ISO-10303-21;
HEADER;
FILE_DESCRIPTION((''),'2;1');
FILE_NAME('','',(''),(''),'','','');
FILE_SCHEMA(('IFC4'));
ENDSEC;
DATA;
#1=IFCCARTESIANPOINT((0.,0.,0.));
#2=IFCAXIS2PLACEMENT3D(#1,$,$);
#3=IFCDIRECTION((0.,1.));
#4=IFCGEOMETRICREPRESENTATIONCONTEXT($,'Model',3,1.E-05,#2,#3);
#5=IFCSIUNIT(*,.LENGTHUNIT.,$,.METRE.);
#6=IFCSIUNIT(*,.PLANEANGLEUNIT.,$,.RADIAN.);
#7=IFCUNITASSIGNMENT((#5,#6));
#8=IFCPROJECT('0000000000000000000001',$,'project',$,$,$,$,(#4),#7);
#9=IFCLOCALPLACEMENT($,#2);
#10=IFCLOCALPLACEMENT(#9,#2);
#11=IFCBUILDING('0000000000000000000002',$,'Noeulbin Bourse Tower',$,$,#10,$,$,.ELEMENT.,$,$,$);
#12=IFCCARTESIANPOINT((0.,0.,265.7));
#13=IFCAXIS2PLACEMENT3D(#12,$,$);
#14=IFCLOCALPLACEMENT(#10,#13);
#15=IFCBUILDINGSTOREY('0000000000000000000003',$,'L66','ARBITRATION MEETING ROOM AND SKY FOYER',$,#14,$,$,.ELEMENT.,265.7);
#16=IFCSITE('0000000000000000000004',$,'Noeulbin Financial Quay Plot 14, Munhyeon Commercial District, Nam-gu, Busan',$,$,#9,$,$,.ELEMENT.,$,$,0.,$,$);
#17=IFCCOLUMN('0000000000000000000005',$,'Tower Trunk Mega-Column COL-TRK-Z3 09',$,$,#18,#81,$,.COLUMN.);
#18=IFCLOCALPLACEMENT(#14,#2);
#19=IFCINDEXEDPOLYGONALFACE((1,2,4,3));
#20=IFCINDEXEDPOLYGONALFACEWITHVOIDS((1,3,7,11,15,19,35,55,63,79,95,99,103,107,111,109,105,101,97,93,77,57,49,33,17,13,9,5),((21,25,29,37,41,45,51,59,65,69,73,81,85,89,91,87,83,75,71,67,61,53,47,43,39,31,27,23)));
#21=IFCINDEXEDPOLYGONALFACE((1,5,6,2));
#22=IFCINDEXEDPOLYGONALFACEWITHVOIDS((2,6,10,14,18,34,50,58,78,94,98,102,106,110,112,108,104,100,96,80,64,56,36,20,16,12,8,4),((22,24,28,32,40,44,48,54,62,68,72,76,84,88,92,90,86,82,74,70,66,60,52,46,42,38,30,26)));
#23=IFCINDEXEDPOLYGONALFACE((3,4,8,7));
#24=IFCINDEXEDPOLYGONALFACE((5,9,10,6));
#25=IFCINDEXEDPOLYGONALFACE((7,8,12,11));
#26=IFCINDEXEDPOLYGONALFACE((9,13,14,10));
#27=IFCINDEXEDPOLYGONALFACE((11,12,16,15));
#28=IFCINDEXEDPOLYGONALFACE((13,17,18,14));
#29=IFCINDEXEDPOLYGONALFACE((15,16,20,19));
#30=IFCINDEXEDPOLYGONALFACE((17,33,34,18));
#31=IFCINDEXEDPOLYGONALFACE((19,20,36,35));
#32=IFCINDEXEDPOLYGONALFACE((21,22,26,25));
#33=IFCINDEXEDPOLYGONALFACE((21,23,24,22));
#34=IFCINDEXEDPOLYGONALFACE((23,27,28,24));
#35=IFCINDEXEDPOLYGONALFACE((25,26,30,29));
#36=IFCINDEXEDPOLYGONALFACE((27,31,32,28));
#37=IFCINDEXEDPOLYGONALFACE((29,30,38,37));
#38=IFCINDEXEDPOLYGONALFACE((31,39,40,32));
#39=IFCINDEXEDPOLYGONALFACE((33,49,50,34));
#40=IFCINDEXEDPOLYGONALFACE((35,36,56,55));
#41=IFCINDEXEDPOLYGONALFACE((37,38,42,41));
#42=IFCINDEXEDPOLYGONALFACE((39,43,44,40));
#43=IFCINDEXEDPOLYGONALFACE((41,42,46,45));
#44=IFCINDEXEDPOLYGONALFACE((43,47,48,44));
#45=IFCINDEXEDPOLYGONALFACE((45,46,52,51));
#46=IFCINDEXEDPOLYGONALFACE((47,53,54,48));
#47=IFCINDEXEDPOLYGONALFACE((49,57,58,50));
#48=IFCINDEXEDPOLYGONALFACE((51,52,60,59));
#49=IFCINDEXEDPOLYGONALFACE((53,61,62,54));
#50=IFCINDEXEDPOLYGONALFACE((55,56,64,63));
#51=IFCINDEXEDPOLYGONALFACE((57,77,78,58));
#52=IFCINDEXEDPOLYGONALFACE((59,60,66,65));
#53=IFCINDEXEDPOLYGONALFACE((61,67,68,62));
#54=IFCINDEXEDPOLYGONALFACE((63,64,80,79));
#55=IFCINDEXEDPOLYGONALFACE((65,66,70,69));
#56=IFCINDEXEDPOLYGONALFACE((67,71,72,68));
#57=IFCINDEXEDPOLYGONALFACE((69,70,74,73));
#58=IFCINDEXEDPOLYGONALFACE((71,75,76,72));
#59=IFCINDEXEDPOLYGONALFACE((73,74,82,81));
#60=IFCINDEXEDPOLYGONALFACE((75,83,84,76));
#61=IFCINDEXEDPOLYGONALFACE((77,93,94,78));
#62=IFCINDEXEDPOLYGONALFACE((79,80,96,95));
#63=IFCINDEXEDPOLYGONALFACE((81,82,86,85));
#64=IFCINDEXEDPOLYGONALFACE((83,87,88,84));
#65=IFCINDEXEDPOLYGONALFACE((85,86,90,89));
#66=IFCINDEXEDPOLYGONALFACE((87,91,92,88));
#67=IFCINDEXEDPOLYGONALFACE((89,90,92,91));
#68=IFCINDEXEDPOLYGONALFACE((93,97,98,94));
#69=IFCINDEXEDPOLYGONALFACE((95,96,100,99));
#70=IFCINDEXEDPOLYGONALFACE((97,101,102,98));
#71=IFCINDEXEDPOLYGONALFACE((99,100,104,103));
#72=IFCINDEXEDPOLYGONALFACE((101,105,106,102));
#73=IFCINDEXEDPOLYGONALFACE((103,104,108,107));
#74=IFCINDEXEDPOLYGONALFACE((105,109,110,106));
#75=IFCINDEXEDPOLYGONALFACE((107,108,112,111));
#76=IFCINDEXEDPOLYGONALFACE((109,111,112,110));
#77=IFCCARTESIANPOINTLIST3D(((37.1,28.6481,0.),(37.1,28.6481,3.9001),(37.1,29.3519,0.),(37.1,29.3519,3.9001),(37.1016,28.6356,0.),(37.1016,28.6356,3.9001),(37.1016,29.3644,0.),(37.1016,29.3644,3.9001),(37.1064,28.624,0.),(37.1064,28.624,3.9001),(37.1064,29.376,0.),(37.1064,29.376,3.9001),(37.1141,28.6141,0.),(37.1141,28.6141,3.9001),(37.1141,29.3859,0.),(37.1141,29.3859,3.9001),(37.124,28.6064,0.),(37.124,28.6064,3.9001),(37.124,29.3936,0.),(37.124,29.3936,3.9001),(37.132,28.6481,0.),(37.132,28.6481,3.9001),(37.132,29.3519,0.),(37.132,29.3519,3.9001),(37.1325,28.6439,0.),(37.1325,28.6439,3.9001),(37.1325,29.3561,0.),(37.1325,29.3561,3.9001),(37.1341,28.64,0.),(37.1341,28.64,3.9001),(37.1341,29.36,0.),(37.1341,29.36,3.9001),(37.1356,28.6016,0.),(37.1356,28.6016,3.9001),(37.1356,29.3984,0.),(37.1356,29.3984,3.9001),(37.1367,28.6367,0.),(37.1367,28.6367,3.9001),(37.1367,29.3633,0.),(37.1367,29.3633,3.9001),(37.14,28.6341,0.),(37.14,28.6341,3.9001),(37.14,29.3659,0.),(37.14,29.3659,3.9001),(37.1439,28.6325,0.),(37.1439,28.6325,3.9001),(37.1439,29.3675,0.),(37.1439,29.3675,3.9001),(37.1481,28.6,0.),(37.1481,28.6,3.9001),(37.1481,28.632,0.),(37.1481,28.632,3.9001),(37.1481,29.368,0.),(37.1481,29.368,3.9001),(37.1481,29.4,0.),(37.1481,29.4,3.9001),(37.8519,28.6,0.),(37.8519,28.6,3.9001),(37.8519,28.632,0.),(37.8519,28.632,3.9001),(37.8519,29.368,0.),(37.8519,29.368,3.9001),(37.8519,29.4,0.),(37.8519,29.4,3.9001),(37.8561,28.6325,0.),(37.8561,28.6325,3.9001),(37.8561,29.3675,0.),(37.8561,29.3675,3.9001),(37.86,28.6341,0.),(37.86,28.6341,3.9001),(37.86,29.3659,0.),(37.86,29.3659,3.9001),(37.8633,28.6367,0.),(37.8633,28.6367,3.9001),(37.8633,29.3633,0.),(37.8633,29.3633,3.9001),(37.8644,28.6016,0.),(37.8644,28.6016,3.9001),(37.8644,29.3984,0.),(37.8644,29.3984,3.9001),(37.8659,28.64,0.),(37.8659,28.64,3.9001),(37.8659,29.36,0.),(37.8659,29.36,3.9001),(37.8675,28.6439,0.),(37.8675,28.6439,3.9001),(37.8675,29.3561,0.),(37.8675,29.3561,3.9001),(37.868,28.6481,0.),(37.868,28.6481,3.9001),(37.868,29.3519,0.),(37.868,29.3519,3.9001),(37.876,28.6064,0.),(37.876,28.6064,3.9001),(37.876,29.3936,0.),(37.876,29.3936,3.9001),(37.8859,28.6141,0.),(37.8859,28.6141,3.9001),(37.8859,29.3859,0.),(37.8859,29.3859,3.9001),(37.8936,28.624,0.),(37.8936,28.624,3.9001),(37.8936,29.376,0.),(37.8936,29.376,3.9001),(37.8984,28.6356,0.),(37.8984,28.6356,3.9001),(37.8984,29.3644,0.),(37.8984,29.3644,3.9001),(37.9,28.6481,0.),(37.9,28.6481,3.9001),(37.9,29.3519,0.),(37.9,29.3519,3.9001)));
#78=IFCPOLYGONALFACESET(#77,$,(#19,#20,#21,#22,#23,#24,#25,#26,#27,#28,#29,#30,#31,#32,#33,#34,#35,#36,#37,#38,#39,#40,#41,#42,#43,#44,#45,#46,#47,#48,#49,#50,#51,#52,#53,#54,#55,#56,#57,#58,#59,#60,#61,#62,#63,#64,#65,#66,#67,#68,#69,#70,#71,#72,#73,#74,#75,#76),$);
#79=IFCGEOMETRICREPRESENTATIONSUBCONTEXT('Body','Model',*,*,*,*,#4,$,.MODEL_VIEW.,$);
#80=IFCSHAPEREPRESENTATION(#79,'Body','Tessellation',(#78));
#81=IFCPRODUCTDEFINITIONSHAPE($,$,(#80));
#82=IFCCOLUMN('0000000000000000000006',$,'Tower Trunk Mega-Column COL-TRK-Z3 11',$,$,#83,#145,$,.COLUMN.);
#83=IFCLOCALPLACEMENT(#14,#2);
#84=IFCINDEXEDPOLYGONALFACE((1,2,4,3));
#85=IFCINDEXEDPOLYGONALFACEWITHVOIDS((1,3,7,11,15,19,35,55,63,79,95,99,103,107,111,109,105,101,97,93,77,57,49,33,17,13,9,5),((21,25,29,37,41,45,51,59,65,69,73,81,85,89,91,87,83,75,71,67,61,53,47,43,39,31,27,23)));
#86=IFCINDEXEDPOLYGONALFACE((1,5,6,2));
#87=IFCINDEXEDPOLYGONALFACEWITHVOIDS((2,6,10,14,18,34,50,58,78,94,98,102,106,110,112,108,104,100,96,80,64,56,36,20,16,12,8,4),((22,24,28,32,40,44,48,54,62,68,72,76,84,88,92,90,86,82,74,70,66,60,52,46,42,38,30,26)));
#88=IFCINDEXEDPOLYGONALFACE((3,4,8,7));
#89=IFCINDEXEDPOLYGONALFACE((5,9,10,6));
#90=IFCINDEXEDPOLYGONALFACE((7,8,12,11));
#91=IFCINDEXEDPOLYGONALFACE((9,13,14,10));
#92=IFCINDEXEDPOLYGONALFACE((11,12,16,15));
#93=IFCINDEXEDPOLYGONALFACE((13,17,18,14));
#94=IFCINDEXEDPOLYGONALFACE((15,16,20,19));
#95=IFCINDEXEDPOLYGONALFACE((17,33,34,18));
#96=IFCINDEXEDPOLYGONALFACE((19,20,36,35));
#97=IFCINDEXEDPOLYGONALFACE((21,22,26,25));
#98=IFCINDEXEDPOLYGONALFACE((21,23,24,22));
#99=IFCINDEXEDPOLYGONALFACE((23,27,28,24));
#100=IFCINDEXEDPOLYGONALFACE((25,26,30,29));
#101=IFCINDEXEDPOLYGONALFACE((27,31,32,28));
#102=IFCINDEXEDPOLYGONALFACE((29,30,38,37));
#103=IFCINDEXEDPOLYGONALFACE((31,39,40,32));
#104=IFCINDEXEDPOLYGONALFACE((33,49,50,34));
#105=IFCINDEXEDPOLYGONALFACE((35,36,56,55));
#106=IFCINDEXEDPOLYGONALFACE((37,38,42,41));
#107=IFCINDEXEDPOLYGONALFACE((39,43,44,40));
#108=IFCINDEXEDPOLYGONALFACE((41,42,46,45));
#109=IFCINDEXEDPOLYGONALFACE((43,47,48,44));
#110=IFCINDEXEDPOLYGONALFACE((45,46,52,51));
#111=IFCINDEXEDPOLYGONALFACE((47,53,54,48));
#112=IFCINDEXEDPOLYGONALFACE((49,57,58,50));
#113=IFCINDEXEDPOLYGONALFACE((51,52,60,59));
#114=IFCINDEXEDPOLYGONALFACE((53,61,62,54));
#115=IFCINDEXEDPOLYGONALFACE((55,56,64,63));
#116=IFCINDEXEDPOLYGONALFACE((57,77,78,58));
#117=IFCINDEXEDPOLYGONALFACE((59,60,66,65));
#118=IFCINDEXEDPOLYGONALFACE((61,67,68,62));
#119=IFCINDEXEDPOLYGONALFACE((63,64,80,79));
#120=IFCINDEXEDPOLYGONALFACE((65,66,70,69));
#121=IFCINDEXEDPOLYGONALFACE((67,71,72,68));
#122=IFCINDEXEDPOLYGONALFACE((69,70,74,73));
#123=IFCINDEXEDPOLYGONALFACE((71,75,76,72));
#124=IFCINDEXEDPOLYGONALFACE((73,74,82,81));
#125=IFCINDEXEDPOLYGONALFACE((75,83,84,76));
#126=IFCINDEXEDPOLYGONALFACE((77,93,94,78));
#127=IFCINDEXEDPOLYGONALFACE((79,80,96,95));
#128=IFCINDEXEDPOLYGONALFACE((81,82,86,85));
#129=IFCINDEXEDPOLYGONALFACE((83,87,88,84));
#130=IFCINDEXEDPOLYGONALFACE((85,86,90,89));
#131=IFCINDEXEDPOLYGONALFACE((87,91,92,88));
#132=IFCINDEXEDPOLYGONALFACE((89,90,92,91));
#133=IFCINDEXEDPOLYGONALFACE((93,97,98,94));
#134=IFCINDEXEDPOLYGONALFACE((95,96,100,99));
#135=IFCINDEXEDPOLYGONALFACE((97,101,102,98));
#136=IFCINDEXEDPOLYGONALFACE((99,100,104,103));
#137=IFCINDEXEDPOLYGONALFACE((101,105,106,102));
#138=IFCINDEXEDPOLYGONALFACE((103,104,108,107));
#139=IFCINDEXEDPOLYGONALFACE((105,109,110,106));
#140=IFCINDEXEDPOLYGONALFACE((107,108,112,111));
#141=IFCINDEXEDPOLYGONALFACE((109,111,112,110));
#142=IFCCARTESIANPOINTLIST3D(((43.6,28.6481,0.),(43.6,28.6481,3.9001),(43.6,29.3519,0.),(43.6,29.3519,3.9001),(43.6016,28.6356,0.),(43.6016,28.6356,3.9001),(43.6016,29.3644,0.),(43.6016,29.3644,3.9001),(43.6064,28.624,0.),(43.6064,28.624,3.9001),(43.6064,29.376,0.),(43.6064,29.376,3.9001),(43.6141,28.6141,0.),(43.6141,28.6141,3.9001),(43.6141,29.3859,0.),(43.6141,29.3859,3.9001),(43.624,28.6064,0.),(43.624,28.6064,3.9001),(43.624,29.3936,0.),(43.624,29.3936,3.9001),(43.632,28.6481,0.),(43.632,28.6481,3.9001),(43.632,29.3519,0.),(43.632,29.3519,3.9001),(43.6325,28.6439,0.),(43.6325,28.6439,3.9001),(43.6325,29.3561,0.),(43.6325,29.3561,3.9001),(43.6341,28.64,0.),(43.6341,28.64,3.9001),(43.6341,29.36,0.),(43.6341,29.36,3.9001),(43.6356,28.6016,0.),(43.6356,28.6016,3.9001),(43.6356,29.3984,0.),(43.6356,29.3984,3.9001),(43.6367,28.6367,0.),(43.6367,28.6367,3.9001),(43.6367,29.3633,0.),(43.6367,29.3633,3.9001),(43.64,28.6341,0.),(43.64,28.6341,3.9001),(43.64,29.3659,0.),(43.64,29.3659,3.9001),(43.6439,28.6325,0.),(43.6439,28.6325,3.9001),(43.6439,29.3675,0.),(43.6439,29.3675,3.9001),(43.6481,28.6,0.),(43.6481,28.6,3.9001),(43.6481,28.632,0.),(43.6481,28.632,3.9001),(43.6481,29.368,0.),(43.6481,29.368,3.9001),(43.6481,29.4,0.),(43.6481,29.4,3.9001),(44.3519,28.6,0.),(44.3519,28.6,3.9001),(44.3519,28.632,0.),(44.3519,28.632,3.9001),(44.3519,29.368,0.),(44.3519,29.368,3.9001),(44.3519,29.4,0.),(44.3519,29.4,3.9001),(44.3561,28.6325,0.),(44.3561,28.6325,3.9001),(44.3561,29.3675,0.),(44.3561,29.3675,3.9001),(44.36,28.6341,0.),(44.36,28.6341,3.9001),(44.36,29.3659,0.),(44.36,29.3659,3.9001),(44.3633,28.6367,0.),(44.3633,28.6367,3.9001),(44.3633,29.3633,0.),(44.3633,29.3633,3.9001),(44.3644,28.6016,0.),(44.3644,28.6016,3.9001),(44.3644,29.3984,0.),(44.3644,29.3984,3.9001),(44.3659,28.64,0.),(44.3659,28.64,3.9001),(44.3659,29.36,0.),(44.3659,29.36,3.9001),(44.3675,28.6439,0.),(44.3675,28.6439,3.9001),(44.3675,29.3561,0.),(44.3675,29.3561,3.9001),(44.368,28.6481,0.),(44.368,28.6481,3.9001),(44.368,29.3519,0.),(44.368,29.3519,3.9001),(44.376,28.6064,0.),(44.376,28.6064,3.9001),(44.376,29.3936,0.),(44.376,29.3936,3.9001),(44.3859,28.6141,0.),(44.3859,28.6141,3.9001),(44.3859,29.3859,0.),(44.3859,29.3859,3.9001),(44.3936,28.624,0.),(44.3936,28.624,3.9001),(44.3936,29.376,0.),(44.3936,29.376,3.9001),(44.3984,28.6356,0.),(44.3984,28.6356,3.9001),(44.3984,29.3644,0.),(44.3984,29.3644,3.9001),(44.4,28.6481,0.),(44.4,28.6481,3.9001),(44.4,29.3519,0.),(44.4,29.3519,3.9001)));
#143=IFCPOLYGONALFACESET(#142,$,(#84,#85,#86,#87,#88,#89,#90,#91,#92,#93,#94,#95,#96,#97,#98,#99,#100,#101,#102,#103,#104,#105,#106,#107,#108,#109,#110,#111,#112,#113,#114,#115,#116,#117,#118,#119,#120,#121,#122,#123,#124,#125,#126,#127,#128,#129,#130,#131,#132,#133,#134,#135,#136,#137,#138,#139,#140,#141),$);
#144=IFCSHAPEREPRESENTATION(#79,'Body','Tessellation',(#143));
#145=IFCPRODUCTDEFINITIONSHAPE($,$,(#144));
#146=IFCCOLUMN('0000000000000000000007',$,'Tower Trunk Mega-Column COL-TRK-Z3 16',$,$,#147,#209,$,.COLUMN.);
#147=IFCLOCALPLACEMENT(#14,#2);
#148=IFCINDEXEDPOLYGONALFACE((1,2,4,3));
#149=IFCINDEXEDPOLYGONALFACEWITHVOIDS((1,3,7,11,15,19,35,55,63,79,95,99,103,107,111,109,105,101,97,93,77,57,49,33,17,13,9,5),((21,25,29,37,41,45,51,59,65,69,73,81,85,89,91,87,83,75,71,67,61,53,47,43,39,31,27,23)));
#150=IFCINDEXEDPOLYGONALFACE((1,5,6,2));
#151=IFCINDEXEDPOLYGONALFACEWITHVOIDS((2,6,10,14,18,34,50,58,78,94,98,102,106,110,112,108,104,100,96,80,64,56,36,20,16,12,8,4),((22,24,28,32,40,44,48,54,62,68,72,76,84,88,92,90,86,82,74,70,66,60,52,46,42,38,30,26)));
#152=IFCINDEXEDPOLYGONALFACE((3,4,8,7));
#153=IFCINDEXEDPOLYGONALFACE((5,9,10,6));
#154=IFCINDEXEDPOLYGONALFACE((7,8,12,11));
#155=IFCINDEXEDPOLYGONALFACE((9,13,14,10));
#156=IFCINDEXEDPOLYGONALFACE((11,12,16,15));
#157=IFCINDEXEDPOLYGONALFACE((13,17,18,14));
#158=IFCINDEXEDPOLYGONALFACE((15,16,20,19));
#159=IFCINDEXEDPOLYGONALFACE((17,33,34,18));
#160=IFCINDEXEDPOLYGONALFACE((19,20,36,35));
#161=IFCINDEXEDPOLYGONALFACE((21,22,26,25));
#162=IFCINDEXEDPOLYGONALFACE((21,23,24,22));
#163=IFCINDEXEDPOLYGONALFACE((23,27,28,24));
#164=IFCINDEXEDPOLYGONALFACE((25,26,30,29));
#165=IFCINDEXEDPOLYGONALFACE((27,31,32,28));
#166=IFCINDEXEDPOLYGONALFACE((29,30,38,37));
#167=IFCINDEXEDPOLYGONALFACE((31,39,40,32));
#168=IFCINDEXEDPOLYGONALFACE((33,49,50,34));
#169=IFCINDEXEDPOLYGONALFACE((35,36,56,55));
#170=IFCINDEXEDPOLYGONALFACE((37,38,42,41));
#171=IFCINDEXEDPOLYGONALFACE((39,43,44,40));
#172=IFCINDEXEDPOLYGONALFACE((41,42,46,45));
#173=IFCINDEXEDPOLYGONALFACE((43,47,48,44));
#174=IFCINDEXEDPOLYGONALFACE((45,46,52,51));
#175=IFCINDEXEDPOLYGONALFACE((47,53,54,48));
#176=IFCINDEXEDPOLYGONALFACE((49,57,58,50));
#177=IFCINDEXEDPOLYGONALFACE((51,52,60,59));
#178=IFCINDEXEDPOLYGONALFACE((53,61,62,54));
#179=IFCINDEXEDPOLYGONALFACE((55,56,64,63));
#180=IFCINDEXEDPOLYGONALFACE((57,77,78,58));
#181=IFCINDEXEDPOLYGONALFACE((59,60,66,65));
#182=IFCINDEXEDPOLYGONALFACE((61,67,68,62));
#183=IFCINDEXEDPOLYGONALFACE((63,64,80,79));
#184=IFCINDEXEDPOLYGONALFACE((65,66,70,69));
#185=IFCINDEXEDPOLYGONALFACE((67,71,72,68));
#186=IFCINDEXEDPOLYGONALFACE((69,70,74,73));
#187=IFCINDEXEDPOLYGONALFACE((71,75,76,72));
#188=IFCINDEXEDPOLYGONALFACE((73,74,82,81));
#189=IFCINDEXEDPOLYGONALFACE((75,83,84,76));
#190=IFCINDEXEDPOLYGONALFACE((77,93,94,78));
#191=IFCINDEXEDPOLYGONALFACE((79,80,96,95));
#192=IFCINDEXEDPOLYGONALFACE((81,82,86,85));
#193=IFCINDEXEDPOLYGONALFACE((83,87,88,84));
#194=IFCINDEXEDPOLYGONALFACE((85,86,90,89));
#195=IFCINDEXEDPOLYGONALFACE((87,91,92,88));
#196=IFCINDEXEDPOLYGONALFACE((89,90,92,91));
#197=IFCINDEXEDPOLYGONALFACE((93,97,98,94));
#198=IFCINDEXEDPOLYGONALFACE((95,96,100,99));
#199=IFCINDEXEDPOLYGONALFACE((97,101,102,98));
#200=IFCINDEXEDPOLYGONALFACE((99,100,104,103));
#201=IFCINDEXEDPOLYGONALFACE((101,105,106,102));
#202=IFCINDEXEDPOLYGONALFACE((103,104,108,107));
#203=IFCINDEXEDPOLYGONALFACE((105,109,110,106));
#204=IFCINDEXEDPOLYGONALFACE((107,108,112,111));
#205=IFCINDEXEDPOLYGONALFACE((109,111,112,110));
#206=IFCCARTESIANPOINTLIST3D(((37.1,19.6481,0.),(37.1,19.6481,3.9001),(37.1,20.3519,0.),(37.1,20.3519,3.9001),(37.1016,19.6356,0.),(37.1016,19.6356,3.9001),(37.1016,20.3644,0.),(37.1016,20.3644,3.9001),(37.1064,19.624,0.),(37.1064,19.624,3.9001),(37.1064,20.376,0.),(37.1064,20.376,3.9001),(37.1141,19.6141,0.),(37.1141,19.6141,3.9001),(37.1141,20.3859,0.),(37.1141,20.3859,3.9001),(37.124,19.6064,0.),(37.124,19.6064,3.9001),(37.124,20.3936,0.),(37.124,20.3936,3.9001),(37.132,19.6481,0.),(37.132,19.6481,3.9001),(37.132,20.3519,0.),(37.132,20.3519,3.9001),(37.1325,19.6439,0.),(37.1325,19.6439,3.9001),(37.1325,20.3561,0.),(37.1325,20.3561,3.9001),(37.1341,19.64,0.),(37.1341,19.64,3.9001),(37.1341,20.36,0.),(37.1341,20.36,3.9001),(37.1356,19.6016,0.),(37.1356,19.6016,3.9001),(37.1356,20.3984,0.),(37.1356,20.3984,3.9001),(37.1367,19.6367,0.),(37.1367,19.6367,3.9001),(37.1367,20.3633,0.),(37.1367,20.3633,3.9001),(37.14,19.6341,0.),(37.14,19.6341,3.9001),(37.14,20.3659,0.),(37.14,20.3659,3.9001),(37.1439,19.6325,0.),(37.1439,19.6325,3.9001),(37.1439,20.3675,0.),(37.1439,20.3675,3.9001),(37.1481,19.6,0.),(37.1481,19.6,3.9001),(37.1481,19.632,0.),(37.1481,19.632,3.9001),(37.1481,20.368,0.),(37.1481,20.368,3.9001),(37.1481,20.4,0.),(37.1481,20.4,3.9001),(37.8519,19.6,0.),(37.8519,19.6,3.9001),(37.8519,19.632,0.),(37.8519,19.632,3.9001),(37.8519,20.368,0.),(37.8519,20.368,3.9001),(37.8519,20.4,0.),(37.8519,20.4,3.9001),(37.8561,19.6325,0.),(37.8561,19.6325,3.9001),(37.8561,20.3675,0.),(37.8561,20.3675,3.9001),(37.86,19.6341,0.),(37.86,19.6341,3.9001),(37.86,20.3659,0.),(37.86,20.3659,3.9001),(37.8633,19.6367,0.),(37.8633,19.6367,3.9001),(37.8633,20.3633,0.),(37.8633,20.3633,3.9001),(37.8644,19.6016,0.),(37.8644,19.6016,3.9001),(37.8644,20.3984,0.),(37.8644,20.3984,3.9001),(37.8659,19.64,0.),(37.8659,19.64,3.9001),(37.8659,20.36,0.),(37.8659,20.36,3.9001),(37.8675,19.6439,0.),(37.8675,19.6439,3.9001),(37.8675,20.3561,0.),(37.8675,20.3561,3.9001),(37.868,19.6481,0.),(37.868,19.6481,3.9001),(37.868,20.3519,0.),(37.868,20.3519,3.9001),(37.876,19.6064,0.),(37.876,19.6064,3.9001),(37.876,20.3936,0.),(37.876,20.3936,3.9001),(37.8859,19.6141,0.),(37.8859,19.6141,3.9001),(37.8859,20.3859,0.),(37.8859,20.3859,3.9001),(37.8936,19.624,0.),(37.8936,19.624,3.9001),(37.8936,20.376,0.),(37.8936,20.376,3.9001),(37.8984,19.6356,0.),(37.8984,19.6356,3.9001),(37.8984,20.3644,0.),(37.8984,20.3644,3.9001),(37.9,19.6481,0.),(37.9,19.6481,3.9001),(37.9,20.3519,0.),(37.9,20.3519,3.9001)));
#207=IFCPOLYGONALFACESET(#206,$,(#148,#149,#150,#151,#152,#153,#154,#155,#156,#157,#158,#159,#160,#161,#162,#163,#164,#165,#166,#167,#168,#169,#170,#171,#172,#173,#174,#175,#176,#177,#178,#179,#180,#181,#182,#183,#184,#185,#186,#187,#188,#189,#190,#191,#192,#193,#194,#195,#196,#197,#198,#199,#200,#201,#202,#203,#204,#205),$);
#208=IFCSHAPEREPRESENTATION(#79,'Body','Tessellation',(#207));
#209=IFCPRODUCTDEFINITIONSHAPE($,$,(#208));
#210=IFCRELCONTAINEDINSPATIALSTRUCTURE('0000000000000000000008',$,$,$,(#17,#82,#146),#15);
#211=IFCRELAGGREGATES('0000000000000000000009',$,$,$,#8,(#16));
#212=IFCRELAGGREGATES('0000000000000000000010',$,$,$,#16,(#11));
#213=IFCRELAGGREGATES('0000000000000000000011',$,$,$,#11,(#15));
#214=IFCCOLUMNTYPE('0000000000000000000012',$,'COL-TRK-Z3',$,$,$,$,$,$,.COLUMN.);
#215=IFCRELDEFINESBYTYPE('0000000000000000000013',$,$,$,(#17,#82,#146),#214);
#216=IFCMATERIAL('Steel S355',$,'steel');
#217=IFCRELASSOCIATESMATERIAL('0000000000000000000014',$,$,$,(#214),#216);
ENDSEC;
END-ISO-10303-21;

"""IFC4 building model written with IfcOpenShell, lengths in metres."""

from ifc_helpers import new_model, si_unit, direction, frame, origin, origin_2d, place, context, subcontext, project, spatial, hollow_rectangle, extrude, material, material_profile, profile_set, type_object, element, save


model = new_model("IFC4")

# Units and contexts
model_context = context("Model", 3, precision=1e-05, world=origin(), true_north=direction((0.0, 1.0)))
body_context = subcontext(model_context, "Body", "Model", "MODEL_VIEW")
ifc_project = project(units=[si_unit("LENGTHUNIT", "METRE"), si_unit("PLANEANGLEUNIT", "RADIAN")], contexts=[model_context])

# Site, building, storey
site_placement = place(None, origin())
site = spatial("IfcSite", under=ifc_project, at=site_placement, Name="Noeulbin Financial Quay Plot 14, Munhyeon Commercial District, Nam-gu, Busan", CompositionType="ELEMENT", RefElevation=0.0)
building_placement = place(site_placement, origin())
building = spatial("IfcBuilding", under=site, at=building_placement, Name="Noeulbin Bourse Tower", CompositionType="ELEMENT")
storey_placement = place(building_placement, frame((0.0, 0.0, 265.7)))
storey = spatial("IfcBuildingStorey", under=building, at=storey_placement, Name="L66", Description="ARBITRATION MEETING ROOM AND SKY FOYER", CompositionType="ELEMENT", Elevation=265.7)

# Columns
ifc_material_1 = material(Name="Steel S355", Category="steel")
ifc_material_profile_1 = material_profile(ifc_material_1, hollow_rectangle(XDim=0.8, YDim=0.8, WallThickness=0.032, InnerFilletRadius=0.0161, OuterFilletRadius=0.0481, at=origin_2d()), Name="BOX-800x800x32", Category="LoadBearing")
ifc_profile_set_1 = profile_set([ifc_material_profile_1], Name="Steel S355")
column_type = type_object("IfcColumnType", Name="COL-TRK-Z3", PredefinedType="COLUMN", material=ifc_profile_set_1)
for number, where, z_axis, x_axis, name in (
    (1, (37.5, 29.0, 0.0), (0.0, 0.0, 1.0), (1.0, 0.0, 0.0), "Tower Trunk Mega-Column COL-TRK-Z3 09"),
    (2, (44.0, 29.0, 0.0), (0.0, 0.0, 1.0), (1.0, 0.0, 0.0), "Tower Trunk Mega-Column COL-TRK-Z3 11"),
    (3, (37.5, 20.0, 0.0), (0.0, 0.0, 1.0), (1.0, 0.0, 0.0), "Tower Trunk Mega-Column COL-TRK-Z3 16"),
):
    element("IfcColumn", number, at=place(storey_placement, frame(where, z_axis=z_axis, x_axis=x_axis)), inside=storey, type_object=column_type, Name=name, PredefinedType="COLUMN", context=body_context, shape_type="SweptSolid", body=[
        extrude(hollow_rectangle(XDim=0.8, YDim=0.8, WallThickness=0.032, InnerFilletRadius=0.0161, OuterFilletRadius=0.0481, at=origin_2d()), origin(), (0.0, 0.0, 1.0), 3.9001),
    ])

save(model, "model.ifc")
